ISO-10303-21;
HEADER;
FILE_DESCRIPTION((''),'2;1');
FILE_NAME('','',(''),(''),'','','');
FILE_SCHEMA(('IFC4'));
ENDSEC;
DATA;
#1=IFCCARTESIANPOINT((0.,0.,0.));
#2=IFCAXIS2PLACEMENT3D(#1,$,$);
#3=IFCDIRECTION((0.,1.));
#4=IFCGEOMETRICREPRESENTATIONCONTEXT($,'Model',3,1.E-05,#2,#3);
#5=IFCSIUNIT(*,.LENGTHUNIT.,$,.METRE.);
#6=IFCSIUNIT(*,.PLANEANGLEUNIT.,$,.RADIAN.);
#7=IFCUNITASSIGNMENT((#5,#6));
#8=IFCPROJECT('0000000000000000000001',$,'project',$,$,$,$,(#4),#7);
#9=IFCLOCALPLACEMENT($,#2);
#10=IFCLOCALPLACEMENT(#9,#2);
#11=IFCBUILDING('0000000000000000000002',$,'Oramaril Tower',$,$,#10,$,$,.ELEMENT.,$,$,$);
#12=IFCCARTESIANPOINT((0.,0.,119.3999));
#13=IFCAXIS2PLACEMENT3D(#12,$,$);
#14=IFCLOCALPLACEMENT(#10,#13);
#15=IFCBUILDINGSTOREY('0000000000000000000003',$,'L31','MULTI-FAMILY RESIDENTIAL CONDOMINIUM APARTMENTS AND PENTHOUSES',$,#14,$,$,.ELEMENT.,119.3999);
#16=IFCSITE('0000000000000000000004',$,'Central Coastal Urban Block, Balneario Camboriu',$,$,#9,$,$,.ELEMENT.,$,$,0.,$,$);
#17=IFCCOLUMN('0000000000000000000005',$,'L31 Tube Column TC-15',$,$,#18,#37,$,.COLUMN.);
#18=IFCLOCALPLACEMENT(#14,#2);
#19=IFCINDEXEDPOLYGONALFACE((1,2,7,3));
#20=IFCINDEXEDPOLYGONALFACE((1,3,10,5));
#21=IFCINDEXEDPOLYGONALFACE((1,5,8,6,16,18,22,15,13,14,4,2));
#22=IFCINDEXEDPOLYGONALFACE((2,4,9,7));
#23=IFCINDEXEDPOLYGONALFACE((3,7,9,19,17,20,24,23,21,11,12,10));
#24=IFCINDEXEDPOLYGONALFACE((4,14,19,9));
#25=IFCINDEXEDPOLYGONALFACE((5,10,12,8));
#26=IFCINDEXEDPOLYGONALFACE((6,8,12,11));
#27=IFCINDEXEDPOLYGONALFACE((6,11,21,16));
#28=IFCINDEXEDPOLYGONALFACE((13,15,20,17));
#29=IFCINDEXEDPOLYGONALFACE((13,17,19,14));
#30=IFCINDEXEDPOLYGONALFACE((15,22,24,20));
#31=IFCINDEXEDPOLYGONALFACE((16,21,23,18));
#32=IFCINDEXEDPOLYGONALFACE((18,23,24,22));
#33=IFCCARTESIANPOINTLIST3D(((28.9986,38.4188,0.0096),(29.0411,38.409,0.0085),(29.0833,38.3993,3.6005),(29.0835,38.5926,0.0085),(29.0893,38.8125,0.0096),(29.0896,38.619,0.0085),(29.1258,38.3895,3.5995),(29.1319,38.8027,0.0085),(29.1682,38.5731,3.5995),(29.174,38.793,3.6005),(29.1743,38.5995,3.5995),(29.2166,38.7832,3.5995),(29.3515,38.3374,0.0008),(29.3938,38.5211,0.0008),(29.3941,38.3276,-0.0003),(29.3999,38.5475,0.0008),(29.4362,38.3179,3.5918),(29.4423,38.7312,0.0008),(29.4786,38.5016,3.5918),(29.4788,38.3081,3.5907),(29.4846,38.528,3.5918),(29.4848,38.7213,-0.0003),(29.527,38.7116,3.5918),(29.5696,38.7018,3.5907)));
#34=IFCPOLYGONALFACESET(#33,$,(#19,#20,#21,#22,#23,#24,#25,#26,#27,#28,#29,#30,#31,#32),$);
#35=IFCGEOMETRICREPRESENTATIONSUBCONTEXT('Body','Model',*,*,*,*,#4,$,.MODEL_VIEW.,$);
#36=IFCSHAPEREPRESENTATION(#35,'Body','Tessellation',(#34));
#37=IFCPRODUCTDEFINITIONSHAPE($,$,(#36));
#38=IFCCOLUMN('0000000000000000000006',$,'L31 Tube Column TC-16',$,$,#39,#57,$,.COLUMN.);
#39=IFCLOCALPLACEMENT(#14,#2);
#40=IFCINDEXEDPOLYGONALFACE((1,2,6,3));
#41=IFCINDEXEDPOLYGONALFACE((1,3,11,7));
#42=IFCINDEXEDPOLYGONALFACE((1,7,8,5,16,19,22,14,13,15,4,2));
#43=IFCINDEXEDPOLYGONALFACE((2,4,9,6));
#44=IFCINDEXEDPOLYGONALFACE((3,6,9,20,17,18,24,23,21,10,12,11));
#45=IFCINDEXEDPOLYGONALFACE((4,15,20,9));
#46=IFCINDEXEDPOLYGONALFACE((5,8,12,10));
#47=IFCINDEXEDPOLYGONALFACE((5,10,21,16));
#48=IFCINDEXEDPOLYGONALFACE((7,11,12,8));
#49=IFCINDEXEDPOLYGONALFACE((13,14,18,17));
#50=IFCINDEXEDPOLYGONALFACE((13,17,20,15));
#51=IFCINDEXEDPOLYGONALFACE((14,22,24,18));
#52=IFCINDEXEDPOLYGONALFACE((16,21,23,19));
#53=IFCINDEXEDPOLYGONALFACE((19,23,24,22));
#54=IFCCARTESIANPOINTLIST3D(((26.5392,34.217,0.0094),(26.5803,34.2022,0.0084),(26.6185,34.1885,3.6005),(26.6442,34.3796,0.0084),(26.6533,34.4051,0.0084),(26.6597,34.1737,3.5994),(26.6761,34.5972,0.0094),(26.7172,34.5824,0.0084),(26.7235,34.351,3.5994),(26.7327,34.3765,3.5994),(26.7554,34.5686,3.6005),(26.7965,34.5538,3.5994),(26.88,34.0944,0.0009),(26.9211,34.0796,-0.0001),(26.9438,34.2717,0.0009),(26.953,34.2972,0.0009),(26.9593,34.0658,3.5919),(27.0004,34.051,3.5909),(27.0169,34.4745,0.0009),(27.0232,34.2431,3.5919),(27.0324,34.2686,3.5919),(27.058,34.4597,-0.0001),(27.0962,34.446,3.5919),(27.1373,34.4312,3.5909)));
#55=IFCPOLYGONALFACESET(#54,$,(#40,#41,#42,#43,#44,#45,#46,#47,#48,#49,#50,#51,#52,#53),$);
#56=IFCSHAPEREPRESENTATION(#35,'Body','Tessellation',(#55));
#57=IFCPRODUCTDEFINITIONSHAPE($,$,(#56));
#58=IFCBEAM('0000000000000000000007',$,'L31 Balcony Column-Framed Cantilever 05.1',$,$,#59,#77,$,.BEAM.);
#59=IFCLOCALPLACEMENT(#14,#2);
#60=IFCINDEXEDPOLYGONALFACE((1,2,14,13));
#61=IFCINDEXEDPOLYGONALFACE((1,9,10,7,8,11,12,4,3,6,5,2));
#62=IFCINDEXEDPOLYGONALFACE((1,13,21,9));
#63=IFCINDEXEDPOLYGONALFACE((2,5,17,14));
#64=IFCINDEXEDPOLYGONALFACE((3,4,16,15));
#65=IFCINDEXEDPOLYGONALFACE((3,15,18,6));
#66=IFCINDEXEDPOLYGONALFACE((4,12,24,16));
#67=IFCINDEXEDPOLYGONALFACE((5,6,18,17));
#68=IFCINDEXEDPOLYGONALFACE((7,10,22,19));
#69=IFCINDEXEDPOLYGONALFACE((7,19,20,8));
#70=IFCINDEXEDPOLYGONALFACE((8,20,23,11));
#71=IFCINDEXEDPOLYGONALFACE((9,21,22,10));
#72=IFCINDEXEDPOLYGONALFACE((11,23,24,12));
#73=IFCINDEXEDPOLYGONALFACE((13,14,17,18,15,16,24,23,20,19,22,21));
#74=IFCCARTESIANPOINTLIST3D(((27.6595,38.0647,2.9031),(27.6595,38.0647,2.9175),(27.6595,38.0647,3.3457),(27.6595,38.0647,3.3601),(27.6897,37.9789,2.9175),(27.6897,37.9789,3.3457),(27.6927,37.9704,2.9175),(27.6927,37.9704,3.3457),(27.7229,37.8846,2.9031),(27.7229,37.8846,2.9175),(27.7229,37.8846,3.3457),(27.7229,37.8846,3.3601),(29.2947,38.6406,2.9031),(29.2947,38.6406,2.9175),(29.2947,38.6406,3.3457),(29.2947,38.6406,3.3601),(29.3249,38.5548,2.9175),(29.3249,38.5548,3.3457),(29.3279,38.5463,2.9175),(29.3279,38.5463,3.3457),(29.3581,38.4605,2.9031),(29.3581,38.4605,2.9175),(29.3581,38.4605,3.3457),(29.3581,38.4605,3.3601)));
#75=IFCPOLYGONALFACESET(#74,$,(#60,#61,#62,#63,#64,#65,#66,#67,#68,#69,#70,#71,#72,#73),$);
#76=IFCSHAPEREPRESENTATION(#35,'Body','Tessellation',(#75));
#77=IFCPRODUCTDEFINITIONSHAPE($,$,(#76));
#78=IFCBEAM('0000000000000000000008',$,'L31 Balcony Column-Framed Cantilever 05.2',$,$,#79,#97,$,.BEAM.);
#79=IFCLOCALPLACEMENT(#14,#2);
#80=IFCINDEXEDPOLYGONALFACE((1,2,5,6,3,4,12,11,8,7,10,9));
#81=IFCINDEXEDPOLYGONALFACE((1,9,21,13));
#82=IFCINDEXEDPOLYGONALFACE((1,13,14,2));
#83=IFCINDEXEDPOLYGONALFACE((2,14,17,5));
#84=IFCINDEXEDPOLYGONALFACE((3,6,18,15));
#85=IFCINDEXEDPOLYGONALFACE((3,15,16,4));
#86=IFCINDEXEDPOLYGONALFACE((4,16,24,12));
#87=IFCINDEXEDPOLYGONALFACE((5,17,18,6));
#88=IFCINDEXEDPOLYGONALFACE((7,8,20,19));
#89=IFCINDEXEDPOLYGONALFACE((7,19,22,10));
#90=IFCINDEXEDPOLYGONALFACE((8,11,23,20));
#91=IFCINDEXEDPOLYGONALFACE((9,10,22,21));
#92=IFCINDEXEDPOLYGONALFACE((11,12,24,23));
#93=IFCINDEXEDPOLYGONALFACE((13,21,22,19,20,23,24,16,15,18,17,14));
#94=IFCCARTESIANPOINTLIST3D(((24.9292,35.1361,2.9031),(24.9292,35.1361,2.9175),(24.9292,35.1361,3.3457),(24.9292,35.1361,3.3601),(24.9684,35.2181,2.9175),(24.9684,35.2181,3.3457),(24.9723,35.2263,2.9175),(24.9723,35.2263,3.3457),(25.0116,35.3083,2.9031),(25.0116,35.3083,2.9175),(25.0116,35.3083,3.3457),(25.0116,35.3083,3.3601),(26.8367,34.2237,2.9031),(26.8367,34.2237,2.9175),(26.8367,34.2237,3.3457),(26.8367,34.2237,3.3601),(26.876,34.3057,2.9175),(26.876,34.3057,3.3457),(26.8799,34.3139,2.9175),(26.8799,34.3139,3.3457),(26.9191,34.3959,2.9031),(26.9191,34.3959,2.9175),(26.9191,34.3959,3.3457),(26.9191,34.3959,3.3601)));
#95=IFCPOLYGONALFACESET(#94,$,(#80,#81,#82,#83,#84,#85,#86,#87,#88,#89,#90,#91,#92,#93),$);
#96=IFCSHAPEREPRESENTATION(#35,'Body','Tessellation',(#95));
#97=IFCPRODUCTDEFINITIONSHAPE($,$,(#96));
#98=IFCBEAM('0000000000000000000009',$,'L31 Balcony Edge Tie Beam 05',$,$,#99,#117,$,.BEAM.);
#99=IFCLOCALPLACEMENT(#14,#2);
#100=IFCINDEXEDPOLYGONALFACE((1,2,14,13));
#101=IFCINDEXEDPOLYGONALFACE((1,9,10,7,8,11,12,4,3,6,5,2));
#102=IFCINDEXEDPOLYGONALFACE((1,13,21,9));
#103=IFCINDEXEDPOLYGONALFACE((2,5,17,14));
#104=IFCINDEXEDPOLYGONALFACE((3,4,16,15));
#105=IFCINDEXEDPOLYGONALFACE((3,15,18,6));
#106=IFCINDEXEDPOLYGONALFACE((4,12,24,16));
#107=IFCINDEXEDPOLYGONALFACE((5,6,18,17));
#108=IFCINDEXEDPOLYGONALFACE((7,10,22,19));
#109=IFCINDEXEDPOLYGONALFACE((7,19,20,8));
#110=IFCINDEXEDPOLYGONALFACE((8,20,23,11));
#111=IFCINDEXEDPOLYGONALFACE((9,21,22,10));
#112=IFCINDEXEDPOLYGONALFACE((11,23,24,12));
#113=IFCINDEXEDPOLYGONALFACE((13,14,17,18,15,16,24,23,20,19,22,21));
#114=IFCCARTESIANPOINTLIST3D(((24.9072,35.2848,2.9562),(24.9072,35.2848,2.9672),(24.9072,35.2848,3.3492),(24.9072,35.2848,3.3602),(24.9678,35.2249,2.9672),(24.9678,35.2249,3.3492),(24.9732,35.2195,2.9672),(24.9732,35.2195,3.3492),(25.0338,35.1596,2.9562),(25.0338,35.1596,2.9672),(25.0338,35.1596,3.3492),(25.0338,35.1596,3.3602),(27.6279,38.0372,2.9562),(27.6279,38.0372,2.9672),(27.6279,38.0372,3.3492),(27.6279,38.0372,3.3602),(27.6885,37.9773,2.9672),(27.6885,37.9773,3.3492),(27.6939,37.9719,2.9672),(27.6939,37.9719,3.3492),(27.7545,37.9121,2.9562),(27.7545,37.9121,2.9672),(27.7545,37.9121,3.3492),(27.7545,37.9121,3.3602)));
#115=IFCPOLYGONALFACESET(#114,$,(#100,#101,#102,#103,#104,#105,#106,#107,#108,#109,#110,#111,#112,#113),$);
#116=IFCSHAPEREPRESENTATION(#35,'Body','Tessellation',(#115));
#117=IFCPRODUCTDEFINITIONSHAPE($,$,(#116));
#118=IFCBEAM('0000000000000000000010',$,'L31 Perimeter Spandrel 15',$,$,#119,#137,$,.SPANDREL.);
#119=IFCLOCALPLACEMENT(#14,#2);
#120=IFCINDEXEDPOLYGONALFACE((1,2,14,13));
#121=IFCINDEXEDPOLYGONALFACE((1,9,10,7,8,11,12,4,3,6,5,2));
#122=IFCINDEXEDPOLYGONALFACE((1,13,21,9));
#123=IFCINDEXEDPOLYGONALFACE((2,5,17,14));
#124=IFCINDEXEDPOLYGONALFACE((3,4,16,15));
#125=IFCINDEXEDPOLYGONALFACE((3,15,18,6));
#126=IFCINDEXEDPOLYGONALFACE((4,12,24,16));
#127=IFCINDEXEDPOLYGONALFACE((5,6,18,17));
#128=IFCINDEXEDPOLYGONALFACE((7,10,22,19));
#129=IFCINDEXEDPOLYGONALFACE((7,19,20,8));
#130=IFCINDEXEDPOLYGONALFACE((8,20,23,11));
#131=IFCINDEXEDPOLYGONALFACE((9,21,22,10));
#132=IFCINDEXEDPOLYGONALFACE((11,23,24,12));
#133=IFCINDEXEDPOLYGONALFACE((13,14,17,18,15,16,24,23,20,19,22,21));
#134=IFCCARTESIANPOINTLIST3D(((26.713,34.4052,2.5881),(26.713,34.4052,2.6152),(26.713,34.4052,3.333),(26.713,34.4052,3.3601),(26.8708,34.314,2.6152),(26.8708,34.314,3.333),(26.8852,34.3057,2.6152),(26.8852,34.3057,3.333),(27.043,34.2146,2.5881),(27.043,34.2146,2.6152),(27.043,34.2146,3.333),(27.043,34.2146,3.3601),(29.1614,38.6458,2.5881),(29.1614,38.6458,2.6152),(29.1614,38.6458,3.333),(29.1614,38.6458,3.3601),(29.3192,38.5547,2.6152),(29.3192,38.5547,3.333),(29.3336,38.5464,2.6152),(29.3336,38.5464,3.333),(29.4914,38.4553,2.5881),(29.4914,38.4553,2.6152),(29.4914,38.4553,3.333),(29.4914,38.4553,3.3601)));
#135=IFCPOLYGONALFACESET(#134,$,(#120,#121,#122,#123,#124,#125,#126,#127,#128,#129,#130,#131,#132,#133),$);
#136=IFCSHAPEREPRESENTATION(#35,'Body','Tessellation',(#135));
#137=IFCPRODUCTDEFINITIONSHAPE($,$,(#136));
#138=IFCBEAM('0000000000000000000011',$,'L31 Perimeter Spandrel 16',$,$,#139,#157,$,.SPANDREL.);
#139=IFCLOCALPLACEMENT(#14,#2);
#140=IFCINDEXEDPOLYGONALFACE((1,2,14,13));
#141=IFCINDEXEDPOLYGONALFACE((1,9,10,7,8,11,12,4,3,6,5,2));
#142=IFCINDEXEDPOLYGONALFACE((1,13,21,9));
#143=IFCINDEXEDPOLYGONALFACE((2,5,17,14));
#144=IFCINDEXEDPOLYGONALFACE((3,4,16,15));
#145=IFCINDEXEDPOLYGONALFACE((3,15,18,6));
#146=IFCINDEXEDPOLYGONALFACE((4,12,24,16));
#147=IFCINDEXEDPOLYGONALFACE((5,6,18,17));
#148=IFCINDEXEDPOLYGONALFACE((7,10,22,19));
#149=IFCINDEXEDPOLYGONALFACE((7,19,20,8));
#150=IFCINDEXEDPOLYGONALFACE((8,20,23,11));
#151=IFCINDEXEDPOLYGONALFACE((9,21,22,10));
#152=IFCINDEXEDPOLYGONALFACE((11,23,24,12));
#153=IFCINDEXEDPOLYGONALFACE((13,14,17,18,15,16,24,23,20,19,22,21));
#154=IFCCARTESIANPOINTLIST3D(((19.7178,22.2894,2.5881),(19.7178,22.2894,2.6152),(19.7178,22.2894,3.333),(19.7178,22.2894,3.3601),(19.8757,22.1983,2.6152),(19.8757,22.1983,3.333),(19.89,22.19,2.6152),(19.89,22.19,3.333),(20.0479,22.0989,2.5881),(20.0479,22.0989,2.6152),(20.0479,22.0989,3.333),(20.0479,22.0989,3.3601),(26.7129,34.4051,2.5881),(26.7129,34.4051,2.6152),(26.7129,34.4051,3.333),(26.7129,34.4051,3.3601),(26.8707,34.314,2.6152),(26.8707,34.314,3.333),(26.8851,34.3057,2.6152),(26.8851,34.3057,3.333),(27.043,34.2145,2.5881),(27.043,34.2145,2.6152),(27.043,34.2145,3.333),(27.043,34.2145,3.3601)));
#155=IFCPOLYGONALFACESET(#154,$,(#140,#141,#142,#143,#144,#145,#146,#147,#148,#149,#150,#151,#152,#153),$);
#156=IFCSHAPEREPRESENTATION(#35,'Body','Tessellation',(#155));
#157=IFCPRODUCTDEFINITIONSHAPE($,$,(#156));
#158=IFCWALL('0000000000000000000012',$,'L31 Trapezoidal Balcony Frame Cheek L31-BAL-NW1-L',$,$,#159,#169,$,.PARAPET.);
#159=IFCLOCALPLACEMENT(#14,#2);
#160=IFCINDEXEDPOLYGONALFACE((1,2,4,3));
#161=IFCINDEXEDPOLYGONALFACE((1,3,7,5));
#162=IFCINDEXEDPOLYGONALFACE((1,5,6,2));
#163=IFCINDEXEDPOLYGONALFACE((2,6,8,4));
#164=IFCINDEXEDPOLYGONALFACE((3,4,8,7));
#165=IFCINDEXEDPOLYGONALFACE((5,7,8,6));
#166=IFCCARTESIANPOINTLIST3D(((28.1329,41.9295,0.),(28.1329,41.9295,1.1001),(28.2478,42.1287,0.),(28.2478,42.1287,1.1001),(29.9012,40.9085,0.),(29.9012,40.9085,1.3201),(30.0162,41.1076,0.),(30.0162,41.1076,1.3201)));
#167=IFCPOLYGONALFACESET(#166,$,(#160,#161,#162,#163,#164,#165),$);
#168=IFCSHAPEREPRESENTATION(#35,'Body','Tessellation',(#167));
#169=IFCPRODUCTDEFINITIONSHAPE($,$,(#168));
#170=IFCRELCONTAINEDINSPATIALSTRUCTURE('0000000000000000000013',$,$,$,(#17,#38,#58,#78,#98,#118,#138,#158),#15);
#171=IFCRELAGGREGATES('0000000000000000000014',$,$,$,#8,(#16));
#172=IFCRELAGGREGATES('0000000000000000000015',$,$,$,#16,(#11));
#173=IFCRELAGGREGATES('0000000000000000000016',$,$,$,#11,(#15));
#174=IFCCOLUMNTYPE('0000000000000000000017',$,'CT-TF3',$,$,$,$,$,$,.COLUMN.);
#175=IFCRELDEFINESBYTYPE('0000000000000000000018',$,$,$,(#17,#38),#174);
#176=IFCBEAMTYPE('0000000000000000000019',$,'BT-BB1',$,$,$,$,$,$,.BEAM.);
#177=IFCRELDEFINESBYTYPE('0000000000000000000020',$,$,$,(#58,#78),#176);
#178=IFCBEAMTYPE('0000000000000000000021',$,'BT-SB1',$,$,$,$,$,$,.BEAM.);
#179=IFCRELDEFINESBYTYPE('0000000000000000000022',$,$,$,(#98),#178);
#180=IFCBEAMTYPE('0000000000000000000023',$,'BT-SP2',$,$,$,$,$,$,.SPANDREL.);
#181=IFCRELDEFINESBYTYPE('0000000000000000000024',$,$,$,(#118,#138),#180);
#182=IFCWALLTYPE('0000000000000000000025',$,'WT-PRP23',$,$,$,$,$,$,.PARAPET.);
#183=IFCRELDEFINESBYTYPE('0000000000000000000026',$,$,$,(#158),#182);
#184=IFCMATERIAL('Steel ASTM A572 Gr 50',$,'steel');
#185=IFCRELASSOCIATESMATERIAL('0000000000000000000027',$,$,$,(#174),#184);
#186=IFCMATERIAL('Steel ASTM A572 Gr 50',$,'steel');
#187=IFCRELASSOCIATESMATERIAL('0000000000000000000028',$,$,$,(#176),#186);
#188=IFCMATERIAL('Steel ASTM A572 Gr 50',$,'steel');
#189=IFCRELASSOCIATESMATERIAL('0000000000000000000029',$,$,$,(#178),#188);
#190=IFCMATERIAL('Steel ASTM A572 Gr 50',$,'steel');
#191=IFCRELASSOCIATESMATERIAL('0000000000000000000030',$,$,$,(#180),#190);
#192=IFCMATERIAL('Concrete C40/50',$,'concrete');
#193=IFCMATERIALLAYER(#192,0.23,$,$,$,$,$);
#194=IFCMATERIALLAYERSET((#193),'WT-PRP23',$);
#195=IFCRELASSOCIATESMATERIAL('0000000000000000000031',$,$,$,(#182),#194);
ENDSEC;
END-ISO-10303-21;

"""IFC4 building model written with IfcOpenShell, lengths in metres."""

from ifc_helpers import new_model, si_unit, direction, frame, origin, origin_2d, place, context, subcontext, project, spatial, polyline, i_section, outline, extrude, material, layer, layer_set, material_profile, profile_set, type_object, element, save


model = new_model("IFC4")

# Units and contexts
model_context = context("Model", 3, precision=1e-05, world=origin(), true_north=direction((0.0, 1.0)))
body_context = subcontext(model_context, "Body", "Model", "MODEL_VIEW")
ifc_project = project(units=[si_unit("LENGTHUNIT", "METRE"), si_unit("PLANEANGLEUNIT", "RADIAN")], contexts=[model_context])

# Site, building, storey
site_placement = place(None, origin())
site = spatial("IfcSite", under=ifc_project, at=site_placement, Name="Central Coastal Urban Block, Balneario Camboriu", CompositionType="ELEMENT", RefElevation=0.0)
building_placement = place(site_placement, origin())
building = spatial("IfcBuilding", under=site, at=building_placement, Name="Oramaril Tower", CompositionType="ELEMENT")
storey_placement = place(building_placement, frame((0.0, 0.0, 119.3999)))
storey = spatial("IfcBuildingStorey", under=building, at=storey_placement, Name="L31", Description="MULTI-FAMILY RESIDENTIAL CONDOMINIUM APARTMENTS AND PENTHOUSES", CompositionType="ELEMENT", Elevation=119.3999)

# Columns
ifc_material_1 = material(Name="Steel ASTM A572 Gr 50", Category="steel")
ifc_material_profile_1 = material_profile(ifc_material_1, i_section(OverallWidth=0.4041, OverallDepth=0.406, WebThickness=0.0271, FlangeThickness=0.0437, at=origin_2d()), Name="W14X233")
ifc_profile_set_1 = profile_set([ifc_material_profile_1], Name="Steel ASTM A572 Gr 50")
column_type = type_object("IfcColumnType", Name="CT-TF3", PredefinedType="COLUMN", material=ifc_profile_set_1)
for number, where, z_axis, x_axis, name in (
    (1, (29.2417, 38.5701, 0.0046), (0.023584, -0.005437, 0.999707), (0.224654, 0.974439, 0.0), "L31 Tube Column TC-15"),
    (2, (26.7986, 34.3384, 0.0046), (0.022089, -0.007952, 0.999724), (0.338719, 0.940887, 0.0), "L31 Tube Column TC-16"),
):
    element("IfcColumn", number, at=place(storey_placement, frame(where, z_axis=z_axis, x_axis=x_axis)), inside=storey, type_object=column_type, Name=name, PredefinedType="COLUMN", context=body_context, shape_type="SweptSolid", body=[
        extrude(i_section(OverallWidth=0.4041, OverallDepth=0.406, WebThickness=0.0271, FlangeThickness=0.0437, at=origin_2d()), origin(), (0.0, 0.0, 1.0), 3.592),
    ])

# Beams
ifc_material_2 = material(Name="Steel ASTM A572 Gr 50", Category="steel")
ifc_material_profile_2 = material_profile(ifc_material_2, i_section(OverallWidth=0.1909, OverallDepth=0.457, WebThickness=0.009, FlangeThickness=0.0144, at=origin_2d()), Name="W18X50")
ifc_profile_set_2 = profile_set([ifc_material_profile_2], Name="Steel ASTM A572 Gr 50")
beam_type_1 = type_object("IfcBeamType", Name="BT-BB1", PredefinedType="BEAM", material=ifc_profile_set_2)
beam_1_placement = place(storey_placement, frame((29.3264, 38.5505, 3.1316), z_axis=(-0.943211, -0.332194, 0.0), x_axis=(0.332194, -0.943211, 0.0)))
element("IfcBeam", 3, at=beam_1_placement, inside=storey, type_object=beam_type_1, Name="L31 Balcony Column-Framed Cantilever 05.1", PredefinedType="BEAM", context=body_context, shape_type="SweptSolid", body=[
    extrude(i_section(OverallWidth=0.1909, OverallDepth=0.457, WebThickness=0.009, FlangeThickness=0.0144, at=origin_2d()), origin(), (0.0, 0.0, 1.0), 1.7336),
])
beam_2_placement = place(storey_placement, frame((26.8779, 34.3098, 3.1316), z_axis=(-0.902119, 0.431488, 0.0), x_axis=(-0.431488, -0.902119, 0.0)))
element("IfcBeam", 4, at=beam_2_placement, inside=storey, type_object=beam_type_1, Name="L31 Balcony Column-Framed Cantilever 05.2", PredefinedType="BEAM", context=body_context, shape_type="SweptSolid", body=[
    extrude(i_section(OverallWidth=0.1909, OverallDepth=0.457, WebThickness=0.009, FlangeThickness=0.0144, at=origin_2d()), origin(), (0.0, 0.0, 1.0), 2.1145),
])
ifc_material_3 = material(Name="Steel ASTM A572 Gr 50", Category="steel")
ifc_material_profile_3 = material_profile(ifc_material_3, i_section(OverallWidth=0.178, OverallDepth=0.4041, WebThickness=0.0076, FlangeThickness=0.011, at=origin_2d()), Name="W16X36")
ifc_profile_set_3 = profile_set([ifc_material_profile_3], Name="Steel ASTM A572 Gr 50")
beam_type_2 = type_object("IfcBeamType", Name="BT-SB1", PredefinedType="BEAM", material=ifc_profile_set_3)
beam_3_placement = place(storey_placement, frame((27.6912, 37.9746, 3.1582), z_axis=(-0.702995, -0.711195, 0.0), x_axis=(0.711195, -0.702995, 0.0)))
element("IfcBeam", 5, at=beam_3_placement, inside=storey, type_object=beam_type_2, Name="L31 Balcony Edge Tie Beam 05", PredefinedType="BEAM", context=body_context, shape_type="SweptSolid", body=[
    extrude(i_section(OverallWidth=0.178, OverallDepth=0.4041, WebThickness=0.0076, FlangeThickness=0.011, at=origin_2d()), origin(), (0.0, 0.0, 1.0), 3.8701),
])
ifc_material_4 = material(Name="Steel ASTM A572 Gr 50", Category="steel")
ifc_material_profile_4 = material_profile(ifc_material_4, i_section(OverallWidth=0.3811, OverallDepth=0.772, WebThickness=0.0166, FlangeThickness=0.0271, at=origin_2d()), Name="W30X173")
ifc_profile_set_4 = profile_set([ifc_material_profile_4], Name="Steel ASTM A572 Gr 50")
beam_type_3 = type_object("IfcBeamType", Name="BT-SP2", PredefinedType="SPANDREL", material=ifc_profile_set_4)
beam_4_placement = place(storey_placement, frame((29.3264, 38.5505, 2.9741), z_axis=(-0.500016, -0.866016, 0.0), x_axis=(0.866016, -0.500016, 0.0)))
element("IfcBeam", 6, at=beam_4_placement, inside=storey, type_object=beam_type_3, Name="L31 Perimeter Spandrel 15", PredefinedType="SPANDREL", context=body_context, shape_type="SweptSolid", body=[
    extrude(i_section(OverallWidth=0.3811, OverallDepth=0.772, WebThickness=0.0166, FlangeThickness=0.0271, at=origin_2d()), origin(), (0.0, 0.0, 1.0), 4.8967),
])
beam_5_placement = place(storey_placement, frame((26.8779, 34.3098, 2.9741), z_axis=(-0.500005, -0.866022, 0.0), x_axis=(0.866022, -0.500005, 0.0)))
element("IfcBeam", 7, at=beam_5_placement, inside=storey, type_object=beam_type_3, Name="L31 Perimeter Spandrel 16", PredefinedType="SPANDREL", context=body_context, shape_type="SweptSolid", body=[
    extrude(i_section(OverallWidth=0.3811, OverallDepth=0.772, WebThickness=0.0166, FlangeThickness=0.0271, at=origin_2d()), origin(), (0.0, 0.0, 1.0), 13.99),
])

# Wall
ifc_material_5 = material(Name="Concrete C40/50", Category="concrete")
ifc_layer_1 = layer(ifc_material_5, 0.23)
ifc_layer_set_1 = layer_set([ifc_layer_1], Name="WT-PRP23")
wall_type_1 = type_object("IfcWallType", Name="WT-PRP23", PredefinedType="PARAPET", material=ifc_layer_set_1)
wall_1_placement = place(storey_placement, frame((29.9587, 41.0081, 0.0), z_axis=(0.0, 0.0, 1.0), x_axis=(-0.866012, 0.500023, 0.0)))
element("IfcWall", 8, at=wall_1_placement, inside=storey, type_object=wall_type_1, Name="L31 Trapezoidal Balcony Frame Cheek L31-BAL-NW1-L", PredefinedType="PARAPET", context=body_context, shape_type="SweptSolid", body=[
    extrude(outline(polyline([(0.0, 0.0), (2.042, 0.0), (2.042, 1.1001), (0.0, 1.3201), (0.0, 0.0)])), frame((0.0, 0.115, 0.0), z_axis=(0.0, -1.0, 0.0), x_axis=(1.0, 0.0, 0.0)), (0.0, 0.0, 1.0), 0.23),
])

save(model, "model.ifc")
